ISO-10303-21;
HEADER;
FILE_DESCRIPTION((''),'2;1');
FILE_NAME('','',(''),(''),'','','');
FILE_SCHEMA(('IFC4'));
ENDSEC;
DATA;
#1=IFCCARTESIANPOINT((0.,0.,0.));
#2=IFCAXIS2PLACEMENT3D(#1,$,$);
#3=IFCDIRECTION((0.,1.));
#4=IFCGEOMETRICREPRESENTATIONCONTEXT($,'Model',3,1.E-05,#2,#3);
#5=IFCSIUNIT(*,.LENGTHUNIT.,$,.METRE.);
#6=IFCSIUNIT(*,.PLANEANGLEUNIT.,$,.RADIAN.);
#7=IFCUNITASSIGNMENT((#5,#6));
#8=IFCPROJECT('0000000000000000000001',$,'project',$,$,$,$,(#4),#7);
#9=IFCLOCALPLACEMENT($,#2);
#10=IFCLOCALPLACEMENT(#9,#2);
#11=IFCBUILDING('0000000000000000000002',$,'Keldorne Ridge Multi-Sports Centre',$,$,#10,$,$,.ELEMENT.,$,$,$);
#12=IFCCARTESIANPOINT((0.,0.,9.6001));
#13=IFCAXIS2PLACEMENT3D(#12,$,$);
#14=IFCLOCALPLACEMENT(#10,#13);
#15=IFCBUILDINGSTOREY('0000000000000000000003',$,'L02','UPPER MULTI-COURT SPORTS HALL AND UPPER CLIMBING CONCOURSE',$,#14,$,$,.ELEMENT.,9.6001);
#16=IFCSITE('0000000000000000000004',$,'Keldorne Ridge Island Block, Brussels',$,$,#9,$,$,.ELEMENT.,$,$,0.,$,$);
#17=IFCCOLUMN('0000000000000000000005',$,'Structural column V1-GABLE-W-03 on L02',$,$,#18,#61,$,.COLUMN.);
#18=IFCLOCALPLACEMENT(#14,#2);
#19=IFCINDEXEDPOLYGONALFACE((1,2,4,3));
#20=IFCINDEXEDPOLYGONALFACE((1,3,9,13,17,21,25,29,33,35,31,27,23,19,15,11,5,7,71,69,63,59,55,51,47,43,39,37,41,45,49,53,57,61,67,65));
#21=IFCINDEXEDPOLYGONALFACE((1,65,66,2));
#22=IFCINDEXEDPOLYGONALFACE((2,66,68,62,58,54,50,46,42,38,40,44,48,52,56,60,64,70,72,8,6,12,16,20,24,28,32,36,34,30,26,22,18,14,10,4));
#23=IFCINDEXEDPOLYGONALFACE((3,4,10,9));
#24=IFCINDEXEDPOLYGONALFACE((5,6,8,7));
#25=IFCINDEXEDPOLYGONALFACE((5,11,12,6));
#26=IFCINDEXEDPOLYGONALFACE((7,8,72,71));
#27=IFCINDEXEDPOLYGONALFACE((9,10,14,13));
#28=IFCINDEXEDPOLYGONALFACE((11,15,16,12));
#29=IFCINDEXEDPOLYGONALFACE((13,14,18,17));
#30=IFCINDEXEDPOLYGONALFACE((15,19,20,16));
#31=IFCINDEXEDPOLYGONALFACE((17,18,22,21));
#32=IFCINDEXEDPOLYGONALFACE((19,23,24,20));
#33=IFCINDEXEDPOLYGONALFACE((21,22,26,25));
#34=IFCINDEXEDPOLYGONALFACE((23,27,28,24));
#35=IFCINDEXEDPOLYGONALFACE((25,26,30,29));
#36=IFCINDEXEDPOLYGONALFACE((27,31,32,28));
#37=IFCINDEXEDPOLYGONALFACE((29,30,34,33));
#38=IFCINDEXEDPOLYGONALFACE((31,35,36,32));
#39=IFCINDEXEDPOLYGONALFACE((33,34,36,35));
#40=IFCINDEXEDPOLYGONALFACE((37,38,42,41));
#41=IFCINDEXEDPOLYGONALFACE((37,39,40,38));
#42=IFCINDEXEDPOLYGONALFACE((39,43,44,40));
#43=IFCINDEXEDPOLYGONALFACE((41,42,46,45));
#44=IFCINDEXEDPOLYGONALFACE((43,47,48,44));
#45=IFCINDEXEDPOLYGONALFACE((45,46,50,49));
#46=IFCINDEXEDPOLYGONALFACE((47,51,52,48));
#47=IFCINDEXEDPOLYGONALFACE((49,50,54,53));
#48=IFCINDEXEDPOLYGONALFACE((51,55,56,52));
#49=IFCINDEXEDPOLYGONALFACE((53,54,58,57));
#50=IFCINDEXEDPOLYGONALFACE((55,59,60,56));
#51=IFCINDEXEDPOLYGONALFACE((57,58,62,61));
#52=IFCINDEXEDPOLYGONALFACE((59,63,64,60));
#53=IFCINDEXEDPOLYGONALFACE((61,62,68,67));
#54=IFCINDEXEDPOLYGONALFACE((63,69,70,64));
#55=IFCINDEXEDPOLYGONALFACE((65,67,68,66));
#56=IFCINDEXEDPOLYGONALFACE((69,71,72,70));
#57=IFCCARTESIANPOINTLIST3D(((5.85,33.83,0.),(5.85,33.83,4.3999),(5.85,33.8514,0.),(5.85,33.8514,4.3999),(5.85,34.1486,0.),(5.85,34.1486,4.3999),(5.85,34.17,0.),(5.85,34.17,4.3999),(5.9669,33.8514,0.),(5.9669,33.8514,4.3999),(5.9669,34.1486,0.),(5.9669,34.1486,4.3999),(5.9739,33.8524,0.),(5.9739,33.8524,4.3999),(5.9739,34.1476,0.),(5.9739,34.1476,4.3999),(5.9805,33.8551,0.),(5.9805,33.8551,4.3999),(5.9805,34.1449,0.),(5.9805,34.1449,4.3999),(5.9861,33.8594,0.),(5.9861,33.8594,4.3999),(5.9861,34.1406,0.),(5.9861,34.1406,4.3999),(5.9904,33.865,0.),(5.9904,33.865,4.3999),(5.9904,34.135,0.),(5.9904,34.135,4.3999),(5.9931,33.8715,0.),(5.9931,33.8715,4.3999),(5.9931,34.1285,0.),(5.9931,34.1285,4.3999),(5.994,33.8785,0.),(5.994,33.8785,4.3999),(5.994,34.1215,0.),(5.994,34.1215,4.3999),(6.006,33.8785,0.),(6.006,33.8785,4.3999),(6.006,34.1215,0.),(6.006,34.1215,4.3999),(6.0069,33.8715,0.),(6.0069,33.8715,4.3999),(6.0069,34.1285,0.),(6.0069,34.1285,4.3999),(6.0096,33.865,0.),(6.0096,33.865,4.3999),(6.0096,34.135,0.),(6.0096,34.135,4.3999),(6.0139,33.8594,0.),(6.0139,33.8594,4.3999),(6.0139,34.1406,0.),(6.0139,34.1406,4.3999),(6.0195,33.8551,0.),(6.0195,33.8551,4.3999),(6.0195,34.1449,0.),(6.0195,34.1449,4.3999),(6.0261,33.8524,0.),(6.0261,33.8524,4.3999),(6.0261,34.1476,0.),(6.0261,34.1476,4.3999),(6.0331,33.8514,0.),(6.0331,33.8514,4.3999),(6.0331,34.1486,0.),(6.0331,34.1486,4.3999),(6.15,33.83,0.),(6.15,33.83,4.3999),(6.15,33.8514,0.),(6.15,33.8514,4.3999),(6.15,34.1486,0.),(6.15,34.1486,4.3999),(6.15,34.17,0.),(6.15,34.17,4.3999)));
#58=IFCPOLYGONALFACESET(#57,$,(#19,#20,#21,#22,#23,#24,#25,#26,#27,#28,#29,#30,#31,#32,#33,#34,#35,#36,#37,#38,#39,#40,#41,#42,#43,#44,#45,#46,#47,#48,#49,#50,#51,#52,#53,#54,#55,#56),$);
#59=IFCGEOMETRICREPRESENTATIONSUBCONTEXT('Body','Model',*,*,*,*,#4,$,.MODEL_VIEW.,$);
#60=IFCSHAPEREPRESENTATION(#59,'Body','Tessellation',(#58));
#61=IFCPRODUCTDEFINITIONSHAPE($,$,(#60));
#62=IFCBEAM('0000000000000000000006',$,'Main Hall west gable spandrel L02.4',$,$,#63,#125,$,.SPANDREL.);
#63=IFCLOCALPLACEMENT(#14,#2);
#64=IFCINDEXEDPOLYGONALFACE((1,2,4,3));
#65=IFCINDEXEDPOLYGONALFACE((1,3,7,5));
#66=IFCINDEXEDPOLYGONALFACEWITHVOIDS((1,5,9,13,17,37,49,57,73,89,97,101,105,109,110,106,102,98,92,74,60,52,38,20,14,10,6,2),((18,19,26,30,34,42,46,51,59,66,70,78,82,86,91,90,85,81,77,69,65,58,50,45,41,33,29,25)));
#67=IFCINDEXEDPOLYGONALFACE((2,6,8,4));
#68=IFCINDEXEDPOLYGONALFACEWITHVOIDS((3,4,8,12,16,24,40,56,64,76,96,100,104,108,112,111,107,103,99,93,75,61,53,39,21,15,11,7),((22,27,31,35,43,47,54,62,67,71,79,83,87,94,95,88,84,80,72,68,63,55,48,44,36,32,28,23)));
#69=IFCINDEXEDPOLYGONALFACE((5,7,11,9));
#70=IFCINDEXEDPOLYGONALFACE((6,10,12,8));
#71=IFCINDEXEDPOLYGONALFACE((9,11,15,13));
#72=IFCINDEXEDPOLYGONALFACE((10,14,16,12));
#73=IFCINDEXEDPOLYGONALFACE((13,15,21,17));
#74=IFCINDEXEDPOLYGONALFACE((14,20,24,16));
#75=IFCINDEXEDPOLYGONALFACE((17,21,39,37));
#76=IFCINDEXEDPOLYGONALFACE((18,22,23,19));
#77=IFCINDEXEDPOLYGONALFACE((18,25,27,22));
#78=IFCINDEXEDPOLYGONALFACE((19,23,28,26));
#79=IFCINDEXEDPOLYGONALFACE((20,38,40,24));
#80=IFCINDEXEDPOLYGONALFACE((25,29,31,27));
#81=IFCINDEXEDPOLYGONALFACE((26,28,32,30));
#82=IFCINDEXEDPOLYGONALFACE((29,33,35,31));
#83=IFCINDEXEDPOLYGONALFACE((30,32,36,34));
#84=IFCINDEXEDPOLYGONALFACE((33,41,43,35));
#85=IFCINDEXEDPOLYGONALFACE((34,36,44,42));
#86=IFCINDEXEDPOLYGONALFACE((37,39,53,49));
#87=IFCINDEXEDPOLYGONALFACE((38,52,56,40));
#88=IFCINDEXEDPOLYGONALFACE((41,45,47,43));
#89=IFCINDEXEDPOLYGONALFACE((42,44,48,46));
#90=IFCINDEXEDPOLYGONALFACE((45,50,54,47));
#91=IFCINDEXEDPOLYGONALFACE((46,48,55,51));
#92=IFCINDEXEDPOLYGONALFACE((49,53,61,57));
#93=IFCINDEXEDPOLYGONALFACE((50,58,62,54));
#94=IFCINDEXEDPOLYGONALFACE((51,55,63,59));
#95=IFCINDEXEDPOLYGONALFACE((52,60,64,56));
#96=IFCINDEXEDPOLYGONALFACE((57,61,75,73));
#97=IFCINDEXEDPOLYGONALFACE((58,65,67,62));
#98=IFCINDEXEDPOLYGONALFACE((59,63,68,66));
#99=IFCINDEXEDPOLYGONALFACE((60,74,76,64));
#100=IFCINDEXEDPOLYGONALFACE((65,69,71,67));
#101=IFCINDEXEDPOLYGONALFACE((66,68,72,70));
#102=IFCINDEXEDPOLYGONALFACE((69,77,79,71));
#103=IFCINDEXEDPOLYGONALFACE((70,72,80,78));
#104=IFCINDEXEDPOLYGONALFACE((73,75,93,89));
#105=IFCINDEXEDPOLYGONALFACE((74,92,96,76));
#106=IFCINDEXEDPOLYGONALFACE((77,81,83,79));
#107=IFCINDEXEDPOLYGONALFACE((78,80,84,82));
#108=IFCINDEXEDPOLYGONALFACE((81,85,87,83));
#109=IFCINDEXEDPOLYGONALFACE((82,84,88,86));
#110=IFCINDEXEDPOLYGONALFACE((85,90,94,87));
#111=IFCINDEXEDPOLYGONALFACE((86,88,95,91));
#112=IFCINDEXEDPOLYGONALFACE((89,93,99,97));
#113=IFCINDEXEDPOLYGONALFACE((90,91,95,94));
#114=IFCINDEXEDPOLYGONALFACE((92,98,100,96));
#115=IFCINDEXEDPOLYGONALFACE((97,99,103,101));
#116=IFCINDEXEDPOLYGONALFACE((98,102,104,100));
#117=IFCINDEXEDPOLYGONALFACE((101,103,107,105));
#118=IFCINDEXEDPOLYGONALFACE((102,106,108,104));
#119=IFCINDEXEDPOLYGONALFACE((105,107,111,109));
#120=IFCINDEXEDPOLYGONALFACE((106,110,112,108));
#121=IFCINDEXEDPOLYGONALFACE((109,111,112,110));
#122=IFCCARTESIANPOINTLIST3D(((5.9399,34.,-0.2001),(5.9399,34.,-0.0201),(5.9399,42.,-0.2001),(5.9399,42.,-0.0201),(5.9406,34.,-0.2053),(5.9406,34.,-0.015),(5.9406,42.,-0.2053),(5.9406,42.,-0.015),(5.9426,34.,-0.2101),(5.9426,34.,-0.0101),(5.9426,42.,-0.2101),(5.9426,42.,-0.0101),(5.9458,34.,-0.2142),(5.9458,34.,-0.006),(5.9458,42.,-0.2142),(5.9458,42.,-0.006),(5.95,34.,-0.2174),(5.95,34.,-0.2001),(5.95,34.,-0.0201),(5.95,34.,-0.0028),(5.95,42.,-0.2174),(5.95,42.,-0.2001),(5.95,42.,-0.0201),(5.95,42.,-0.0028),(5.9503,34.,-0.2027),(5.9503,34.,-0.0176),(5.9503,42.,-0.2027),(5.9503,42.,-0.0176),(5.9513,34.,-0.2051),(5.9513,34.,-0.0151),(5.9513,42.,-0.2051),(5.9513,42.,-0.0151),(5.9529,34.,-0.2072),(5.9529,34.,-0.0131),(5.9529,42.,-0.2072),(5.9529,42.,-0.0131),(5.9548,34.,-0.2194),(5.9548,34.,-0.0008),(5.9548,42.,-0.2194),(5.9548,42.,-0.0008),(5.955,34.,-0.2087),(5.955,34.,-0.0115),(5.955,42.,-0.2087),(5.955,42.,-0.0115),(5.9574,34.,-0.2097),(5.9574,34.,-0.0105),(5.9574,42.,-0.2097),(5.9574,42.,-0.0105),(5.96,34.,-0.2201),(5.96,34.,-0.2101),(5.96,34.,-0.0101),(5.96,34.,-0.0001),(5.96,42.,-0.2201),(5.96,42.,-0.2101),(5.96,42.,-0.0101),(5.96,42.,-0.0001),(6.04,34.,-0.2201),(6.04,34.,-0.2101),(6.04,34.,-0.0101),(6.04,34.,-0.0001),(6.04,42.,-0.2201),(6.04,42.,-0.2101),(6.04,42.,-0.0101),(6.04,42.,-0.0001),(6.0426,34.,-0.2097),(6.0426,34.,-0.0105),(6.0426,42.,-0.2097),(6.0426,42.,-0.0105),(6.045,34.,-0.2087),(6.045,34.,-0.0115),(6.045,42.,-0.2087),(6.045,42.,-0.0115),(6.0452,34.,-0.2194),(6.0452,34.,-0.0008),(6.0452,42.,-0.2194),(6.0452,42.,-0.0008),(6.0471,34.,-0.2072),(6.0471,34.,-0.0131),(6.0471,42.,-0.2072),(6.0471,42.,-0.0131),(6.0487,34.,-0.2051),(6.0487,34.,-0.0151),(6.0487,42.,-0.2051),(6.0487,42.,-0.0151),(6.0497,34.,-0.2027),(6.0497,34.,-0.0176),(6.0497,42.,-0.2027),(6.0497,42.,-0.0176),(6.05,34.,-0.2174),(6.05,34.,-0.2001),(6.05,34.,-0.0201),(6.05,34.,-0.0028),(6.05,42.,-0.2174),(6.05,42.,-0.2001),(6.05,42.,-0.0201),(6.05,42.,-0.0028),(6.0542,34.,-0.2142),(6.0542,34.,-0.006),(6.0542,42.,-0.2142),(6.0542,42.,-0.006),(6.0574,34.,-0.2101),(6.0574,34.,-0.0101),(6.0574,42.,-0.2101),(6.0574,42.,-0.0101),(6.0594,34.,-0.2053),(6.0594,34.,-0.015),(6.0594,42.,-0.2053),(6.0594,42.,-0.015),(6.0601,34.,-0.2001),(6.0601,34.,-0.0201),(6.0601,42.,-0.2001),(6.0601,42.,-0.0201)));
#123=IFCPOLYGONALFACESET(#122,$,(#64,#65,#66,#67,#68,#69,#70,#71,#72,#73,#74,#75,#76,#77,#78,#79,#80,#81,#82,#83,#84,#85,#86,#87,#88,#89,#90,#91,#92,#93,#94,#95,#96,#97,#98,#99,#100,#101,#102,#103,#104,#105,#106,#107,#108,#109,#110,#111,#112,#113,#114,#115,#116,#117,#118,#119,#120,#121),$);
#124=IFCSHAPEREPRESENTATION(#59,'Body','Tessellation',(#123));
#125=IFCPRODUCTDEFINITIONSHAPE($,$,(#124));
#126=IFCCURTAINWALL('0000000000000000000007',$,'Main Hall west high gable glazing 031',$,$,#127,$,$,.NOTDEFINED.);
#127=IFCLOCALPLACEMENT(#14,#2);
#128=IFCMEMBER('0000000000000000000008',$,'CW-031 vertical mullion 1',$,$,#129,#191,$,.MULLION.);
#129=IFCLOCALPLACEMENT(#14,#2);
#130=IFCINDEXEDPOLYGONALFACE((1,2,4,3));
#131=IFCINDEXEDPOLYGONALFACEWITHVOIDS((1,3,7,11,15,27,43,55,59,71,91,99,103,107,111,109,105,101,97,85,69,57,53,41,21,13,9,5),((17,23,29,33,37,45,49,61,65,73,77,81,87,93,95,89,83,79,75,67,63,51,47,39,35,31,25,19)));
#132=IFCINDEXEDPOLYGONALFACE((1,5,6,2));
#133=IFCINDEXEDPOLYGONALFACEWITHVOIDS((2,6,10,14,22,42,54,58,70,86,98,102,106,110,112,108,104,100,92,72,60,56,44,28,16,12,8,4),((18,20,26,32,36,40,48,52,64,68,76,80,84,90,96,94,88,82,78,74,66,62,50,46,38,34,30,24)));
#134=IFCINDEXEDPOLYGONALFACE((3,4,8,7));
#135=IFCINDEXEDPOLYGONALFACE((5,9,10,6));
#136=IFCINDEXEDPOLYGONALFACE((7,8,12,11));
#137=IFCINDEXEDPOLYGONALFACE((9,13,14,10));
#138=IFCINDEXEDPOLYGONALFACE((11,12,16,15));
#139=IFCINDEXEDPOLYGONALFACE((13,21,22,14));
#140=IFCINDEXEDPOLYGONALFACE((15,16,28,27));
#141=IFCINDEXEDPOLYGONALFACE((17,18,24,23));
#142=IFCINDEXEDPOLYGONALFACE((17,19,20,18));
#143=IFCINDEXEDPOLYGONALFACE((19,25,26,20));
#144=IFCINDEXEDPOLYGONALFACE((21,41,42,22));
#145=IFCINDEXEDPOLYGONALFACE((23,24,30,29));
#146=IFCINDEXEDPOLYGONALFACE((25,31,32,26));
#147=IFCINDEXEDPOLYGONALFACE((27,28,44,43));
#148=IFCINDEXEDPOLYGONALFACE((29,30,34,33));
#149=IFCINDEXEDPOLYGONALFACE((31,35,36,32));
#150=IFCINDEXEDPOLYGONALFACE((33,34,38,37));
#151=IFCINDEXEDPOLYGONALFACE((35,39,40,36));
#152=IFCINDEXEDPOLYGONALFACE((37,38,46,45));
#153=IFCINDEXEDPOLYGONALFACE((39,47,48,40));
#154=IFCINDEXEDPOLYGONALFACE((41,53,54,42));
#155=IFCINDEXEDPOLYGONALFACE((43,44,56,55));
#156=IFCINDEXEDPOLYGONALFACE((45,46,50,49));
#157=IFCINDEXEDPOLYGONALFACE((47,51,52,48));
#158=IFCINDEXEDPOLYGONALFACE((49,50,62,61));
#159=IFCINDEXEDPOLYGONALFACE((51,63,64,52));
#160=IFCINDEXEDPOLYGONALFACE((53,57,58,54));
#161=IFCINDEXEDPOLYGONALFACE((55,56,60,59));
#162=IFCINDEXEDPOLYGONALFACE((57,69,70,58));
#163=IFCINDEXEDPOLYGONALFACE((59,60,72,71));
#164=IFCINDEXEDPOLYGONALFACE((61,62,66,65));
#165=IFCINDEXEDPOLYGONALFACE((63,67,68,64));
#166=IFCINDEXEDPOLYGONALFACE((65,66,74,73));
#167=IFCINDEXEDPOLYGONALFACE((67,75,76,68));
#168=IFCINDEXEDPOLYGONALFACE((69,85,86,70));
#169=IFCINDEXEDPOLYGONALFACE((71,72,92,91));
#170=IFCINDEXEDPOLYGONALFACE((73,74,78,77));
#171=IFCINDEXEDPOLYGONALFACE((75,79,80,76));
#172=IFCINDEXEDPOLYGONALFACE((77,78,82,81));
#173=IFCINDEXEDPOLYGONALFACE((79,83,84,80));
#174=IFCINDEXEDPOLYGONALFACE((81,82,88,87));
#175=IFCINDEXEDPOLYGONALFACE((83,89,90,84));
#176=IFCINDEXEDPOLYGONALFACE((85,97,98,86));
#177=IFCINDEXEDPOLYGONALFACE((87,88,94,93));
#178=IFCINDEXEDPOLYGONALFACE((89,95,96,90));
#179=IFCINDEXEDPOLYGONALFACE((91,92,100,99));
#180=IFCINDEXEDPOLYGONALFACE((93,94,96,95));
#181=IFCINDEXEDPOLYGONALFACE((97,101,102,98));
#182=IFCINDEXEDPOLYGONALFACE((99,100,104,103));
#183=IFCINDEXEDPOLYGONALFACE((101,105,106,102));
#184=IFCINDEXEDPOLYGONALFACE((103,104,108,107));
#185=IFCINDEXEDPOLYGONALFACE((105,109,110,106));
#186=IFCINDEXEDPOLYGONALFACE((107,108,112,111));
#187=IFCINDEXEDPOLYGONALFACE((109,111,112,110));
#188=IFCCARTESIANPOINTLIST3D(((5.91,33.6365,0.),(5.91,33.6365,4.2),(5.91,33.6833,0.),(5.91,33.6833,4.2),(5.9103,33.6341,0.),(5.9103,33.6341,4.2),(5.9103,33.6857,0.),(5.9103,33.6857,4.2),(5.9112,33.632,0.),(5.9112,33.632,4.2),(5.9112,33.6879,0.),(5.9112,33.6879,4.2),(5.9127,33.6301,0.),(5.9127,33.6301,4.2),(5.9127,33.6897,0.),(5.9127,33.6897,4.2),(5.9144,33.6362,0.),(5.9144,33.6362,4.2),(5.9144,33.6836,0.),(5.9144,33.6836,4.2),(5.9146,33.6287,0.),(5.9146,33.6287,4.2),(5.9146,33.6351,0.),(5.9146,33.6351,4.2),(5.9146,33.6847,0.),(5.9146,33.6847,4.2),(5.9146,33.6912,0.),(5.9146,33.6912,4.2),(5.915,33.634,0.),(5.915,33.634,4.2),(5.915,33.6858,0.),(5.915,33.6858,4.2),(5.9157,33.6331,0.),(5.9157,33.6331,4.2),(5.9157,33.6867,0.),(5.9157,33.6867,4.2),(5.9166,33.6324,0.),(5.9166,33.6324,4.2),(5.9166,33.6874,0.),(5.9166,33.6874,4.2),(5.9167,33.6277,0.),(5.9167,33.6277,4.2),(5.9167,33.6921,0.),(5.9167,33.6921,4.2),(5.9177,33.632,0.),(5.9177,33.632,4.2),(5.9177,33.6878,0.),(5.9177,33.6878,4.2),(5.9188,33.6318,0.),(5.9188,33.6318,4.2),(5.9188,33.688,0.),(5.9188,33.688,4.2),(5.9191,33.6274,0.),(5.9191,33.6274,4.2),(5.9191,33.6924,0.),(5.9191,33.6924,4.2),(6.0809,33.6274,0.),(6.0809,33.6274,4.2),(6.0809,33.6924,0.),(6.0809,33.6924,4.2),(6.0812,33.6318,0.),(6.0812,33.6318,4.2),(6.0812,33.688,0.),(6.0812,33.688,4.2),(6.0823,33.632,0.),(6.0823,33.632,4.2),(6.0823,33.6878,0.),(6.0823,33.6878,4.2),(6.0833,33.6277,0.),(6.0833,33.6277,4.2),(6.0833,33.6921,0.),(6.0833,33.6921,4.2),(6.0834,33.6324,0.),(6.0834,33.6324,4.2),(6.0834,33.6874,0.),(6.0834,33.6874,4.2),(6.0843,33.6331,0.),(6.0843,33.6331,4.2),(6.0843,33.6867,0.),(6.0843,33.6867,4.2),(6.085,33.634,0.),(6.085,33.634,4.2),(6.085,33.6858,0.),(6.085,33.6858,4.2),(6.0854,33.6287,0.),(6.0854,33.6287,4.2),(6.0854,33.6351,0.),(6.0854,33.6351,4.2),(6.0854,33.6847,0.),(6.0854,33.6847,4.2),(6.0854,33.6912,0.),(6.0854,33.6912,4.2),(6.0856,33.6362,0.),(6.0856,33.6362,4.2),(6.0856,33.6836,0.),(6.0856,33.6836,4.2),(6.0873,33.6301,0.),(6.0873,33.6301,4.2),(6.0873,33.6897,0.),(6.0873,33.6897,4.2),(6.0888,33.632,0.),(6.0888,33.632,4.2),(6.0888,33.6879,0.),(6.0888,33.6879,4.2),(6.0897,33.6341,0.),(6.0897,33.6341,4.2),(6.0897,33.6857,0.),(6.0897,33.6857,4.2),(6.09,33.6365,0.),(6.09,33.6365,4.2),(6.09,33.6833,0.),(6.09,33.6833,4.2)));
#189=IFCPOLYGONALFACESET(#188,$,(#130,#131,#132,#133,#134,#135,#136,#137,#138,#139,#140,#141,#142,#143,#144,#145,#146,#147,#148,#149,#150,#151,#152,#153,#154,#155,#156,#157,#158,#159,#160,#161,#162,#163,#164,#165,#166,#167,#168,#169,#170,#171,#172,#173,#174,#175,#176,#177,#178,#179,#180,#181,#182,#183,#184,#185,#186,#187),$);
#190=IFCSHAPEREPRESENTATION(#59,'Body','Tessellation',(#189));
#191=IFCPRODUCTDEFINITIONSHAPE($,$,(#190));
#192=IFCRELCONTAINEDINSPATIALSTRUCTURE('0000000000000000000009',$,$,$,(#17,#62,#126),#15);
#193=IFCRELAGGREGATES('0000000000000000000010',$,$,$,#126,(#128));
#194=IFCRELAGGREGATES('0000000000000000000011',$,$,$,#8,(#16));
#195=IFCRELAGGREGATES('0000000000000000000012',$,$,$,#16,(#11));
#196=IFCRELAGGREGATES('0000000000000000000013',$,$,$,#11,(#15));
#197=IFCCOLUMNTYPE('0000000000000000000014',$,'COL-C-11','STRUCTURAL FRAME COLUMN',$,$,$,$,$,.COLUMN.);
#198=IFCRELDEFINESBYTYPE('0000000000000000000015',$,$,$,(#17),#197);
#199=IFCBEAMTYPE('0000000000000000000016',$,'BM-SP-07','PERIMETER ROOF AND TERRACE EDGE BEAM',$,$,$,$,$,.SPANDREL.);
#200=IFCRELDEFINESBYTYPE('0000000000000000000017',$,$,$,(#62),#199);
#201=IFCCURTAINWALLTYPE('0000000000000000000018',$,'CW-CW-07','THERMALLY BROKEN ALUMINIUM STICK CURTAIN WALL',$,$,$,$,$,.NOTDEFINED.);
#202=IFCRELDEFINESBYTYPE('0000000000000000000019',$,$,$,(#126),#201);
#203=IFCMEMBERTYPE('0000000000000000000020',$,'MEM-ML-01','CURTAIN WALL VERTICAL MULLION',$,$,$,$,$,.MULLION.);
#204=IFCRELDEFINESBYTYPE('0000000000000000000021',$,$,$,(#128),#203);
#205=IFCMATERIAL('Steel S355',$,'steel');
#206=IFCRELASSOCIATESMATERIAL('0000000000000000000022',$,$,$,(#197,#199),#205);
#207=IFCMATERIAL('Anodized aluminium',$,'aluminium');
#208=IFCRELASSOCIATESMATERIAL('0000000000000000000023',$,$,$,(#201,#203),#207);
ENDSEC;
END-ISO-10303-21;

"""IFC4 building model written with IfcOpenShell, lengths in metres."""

from ifc_helpers import new_model, si_unit, direction, frame, origin, origin_2d, place, context, subcontext, project, spatial, hollow_rectangle, i_section, extrude, material, material_profile, profile_set, type_object, element, aggregate, save


model = new_model("IFC4")

# Units and contexts
model_context = context("Model", 3, precision=1e-05, world=origin(), true_north=direction((0.0, 1.0)))
body_context = subcontext(model_context, "Body", "Model", "MODEL_VIEW")
ifc_project = project(units=[si_unit("LENGTHUNIT", "METRE"), si_unit("PLANEANGLEUNIT", "RADIAN")], contexts=[model_context])

# Site, building, storey
site_placement = place(None, origin())
site = spatial("IfcSite", under=ifc_project, at=site_placement, Name="Keldorne Ridge Island Block, Brussels", CompositionType="ELEMENT", RefElevation=0.0)
building_placement = place(site_placement, origin())
building = spatial("IfcBuilding", under=site, at=building_placement, Name="Keldorne Ridge Multi-Sports Centre", CompositionType="ELEMENT")
storey_placement = place(building_placement, frame((0.0, 0.0, 9.6001)))
storey = spatial("IfcBuildingStorey", under=building, at=storey_placement, Name="L02", Description="UPPER MULTI-COURT SPORTS HALL AND UPPER CLIMBING CONCOURSE", CompositionType="ELEMENT", Elevation=9.6001)

# Column
ifc_material_1 = material(Name="Steel S355", Category="steel")
ifc_material_profile_1 = material_profile(ifc_material_1, i_section(OverallWidth=0.3, OverallDepth=0.3401, WebThickness=0.012, FlangeThickness=0.0215, FilletRadius=0.0271, at=origin_2d()), Name="HEB 340")
ifc_profile_set_1 = profile_set([ifc_material_profile_1], Name="Steel S355")
column_type = type_object("IfcColumnType", Name="COL-C-11", Description="STRUCTURAL FRAME COLUMN", PredefinedType="COLUMN", material=ifc_profile_set_1)
column_placement = place(storey_placement, frame((6.0, 34.0, 0.0), z_axis=(0.0, 0.0, 1.0), x_axis=(1.0, 0.0, 0.0)))
element("IfcColumn", 1, at=column_placement, inside=storey, type_object=column_type, Name="Structural column V1-GABLE-W-03 on L02", PredefinedType="COLUMN", context=body_context, shape_type="SweptSolid", body=[
    extrude(i_section(OverallWidth=0.3, OverallDepth=0.3401, WebThickness=0.012, FlangeThickness=0.0215, FilletRadius=0.0271, at=origin_2d()), origin(), (0.0, 0.0, 1.0), 4.3999),
])

# Beam
ifc_material_profile_2 = material_profile(ifc_material_1, hollow_rectangle(XDim=0.1201, YDim=0.22, WallThickness=0.01, InnerFilletRadius=0.01, OuterFilletRadius=0.02, at=origin_2d()), Name="RHS 220x120x10")
ifc_profile_set_2 = profile_set([ifc_material_profile_2], Name="Steel S355")
beam_type = type_object("IfcBeamType", Name="BM-SP-07", Description="PERIMETER ROOF AND TERRACE EDGE BEAM", PredefinedType="SPANDREL", material=ifc_profile_set_2)
beam_placement = place(storey_placement, frame((6.0, 34.0, -0.1101), z_axis=(0.0, 1.0, 0.0), x_axis=(-1.0, 0.0, 0.0)))
element("IfcBeam", 2, at=beam_placement, inside=storey, type_object=beam_type, Name="Main Hall west gable spandrel L02.4", PredefinedType="SPANDREL", context=body_context, shape_type="SweptSolid", body=[
    extrude(hollow_rectangle(XDim=0.1201, YDim=0.22, WallThickness=0.01, InnerFilletRadius=0.01, OuterFilletRadius=0.02, at=origin_2d()), origin(), (0.0, 0.0, 1.0), 8.0),
])

# Curtain wall, member
ifc_material_2 = material(Name="Anodized aluminium", Category="aluminium")
curtain_wall_type_1 = type_object("IfcCurtainWallType", Name="CW-CW-07", Description="THERMALLY BROKEN ALUMINIUM STICK CURTAIN WALL", PredefinedType="NOTDEFINED", material=ifc_material_2)
curtain_wall_1_placement = place(storey_placement, origin())
curtain_wall_1 = element("IfcCurtainWall", 3, at=curtain_wall_1_placement, inside=storey, type_object=curtain_wall_type_1, Name="Main Hall west high gable glazing 031", PredefinedType="NOTDEFINED")
ifc_material_profile_3 = material_profile(ifc_material_2, hollow_rectangle(XDim=0.0649, YDim=0.1799, WallThickness=0.0044, InnerFilletRadius=0.0044, OuterFilletRadius=0.009, at=origin_2d()), Name="ALU MULLION 180x65x4.5")
ifc_profile_set_3 = profile_set([ifc_material_profile_3], Name="Anodized aluminium")
member_type_1 = type_object("IfcMemberType", Name="MEM-ML-01", Description="CURTAIN WALL VERTICAL MULLION", PredefinedType="MULLION", material=ifc_profile_set_3)
member_1_placement = place(storey_placement, frame((6.0, 33.6599, 0.0), z_axis=(0.0, 0.0, 1.0), x_axis=(0.0, 1.0, 0.0)))
member_1 = element("IfcMember", 4, at=member_1_placement, type_object=member_type_1, Name="CW-031 vertical mullion 1", PredefinedType="MULLION", context=body_context, shape_type="SweptSolid", body=[
    extrude(hollow_rectangle(XDim=0.0649, YDim=0.1799, WallThickness=0.0044, InnerFilletRadius=0.0044, OuterFilletRadius=0.009, at=origin_2d()), origin(), (0.0, 0.0, 1.0), 4.2),
])

aggregate(curtain_wall_1, [member_1])

save(model, "model.ifc")
